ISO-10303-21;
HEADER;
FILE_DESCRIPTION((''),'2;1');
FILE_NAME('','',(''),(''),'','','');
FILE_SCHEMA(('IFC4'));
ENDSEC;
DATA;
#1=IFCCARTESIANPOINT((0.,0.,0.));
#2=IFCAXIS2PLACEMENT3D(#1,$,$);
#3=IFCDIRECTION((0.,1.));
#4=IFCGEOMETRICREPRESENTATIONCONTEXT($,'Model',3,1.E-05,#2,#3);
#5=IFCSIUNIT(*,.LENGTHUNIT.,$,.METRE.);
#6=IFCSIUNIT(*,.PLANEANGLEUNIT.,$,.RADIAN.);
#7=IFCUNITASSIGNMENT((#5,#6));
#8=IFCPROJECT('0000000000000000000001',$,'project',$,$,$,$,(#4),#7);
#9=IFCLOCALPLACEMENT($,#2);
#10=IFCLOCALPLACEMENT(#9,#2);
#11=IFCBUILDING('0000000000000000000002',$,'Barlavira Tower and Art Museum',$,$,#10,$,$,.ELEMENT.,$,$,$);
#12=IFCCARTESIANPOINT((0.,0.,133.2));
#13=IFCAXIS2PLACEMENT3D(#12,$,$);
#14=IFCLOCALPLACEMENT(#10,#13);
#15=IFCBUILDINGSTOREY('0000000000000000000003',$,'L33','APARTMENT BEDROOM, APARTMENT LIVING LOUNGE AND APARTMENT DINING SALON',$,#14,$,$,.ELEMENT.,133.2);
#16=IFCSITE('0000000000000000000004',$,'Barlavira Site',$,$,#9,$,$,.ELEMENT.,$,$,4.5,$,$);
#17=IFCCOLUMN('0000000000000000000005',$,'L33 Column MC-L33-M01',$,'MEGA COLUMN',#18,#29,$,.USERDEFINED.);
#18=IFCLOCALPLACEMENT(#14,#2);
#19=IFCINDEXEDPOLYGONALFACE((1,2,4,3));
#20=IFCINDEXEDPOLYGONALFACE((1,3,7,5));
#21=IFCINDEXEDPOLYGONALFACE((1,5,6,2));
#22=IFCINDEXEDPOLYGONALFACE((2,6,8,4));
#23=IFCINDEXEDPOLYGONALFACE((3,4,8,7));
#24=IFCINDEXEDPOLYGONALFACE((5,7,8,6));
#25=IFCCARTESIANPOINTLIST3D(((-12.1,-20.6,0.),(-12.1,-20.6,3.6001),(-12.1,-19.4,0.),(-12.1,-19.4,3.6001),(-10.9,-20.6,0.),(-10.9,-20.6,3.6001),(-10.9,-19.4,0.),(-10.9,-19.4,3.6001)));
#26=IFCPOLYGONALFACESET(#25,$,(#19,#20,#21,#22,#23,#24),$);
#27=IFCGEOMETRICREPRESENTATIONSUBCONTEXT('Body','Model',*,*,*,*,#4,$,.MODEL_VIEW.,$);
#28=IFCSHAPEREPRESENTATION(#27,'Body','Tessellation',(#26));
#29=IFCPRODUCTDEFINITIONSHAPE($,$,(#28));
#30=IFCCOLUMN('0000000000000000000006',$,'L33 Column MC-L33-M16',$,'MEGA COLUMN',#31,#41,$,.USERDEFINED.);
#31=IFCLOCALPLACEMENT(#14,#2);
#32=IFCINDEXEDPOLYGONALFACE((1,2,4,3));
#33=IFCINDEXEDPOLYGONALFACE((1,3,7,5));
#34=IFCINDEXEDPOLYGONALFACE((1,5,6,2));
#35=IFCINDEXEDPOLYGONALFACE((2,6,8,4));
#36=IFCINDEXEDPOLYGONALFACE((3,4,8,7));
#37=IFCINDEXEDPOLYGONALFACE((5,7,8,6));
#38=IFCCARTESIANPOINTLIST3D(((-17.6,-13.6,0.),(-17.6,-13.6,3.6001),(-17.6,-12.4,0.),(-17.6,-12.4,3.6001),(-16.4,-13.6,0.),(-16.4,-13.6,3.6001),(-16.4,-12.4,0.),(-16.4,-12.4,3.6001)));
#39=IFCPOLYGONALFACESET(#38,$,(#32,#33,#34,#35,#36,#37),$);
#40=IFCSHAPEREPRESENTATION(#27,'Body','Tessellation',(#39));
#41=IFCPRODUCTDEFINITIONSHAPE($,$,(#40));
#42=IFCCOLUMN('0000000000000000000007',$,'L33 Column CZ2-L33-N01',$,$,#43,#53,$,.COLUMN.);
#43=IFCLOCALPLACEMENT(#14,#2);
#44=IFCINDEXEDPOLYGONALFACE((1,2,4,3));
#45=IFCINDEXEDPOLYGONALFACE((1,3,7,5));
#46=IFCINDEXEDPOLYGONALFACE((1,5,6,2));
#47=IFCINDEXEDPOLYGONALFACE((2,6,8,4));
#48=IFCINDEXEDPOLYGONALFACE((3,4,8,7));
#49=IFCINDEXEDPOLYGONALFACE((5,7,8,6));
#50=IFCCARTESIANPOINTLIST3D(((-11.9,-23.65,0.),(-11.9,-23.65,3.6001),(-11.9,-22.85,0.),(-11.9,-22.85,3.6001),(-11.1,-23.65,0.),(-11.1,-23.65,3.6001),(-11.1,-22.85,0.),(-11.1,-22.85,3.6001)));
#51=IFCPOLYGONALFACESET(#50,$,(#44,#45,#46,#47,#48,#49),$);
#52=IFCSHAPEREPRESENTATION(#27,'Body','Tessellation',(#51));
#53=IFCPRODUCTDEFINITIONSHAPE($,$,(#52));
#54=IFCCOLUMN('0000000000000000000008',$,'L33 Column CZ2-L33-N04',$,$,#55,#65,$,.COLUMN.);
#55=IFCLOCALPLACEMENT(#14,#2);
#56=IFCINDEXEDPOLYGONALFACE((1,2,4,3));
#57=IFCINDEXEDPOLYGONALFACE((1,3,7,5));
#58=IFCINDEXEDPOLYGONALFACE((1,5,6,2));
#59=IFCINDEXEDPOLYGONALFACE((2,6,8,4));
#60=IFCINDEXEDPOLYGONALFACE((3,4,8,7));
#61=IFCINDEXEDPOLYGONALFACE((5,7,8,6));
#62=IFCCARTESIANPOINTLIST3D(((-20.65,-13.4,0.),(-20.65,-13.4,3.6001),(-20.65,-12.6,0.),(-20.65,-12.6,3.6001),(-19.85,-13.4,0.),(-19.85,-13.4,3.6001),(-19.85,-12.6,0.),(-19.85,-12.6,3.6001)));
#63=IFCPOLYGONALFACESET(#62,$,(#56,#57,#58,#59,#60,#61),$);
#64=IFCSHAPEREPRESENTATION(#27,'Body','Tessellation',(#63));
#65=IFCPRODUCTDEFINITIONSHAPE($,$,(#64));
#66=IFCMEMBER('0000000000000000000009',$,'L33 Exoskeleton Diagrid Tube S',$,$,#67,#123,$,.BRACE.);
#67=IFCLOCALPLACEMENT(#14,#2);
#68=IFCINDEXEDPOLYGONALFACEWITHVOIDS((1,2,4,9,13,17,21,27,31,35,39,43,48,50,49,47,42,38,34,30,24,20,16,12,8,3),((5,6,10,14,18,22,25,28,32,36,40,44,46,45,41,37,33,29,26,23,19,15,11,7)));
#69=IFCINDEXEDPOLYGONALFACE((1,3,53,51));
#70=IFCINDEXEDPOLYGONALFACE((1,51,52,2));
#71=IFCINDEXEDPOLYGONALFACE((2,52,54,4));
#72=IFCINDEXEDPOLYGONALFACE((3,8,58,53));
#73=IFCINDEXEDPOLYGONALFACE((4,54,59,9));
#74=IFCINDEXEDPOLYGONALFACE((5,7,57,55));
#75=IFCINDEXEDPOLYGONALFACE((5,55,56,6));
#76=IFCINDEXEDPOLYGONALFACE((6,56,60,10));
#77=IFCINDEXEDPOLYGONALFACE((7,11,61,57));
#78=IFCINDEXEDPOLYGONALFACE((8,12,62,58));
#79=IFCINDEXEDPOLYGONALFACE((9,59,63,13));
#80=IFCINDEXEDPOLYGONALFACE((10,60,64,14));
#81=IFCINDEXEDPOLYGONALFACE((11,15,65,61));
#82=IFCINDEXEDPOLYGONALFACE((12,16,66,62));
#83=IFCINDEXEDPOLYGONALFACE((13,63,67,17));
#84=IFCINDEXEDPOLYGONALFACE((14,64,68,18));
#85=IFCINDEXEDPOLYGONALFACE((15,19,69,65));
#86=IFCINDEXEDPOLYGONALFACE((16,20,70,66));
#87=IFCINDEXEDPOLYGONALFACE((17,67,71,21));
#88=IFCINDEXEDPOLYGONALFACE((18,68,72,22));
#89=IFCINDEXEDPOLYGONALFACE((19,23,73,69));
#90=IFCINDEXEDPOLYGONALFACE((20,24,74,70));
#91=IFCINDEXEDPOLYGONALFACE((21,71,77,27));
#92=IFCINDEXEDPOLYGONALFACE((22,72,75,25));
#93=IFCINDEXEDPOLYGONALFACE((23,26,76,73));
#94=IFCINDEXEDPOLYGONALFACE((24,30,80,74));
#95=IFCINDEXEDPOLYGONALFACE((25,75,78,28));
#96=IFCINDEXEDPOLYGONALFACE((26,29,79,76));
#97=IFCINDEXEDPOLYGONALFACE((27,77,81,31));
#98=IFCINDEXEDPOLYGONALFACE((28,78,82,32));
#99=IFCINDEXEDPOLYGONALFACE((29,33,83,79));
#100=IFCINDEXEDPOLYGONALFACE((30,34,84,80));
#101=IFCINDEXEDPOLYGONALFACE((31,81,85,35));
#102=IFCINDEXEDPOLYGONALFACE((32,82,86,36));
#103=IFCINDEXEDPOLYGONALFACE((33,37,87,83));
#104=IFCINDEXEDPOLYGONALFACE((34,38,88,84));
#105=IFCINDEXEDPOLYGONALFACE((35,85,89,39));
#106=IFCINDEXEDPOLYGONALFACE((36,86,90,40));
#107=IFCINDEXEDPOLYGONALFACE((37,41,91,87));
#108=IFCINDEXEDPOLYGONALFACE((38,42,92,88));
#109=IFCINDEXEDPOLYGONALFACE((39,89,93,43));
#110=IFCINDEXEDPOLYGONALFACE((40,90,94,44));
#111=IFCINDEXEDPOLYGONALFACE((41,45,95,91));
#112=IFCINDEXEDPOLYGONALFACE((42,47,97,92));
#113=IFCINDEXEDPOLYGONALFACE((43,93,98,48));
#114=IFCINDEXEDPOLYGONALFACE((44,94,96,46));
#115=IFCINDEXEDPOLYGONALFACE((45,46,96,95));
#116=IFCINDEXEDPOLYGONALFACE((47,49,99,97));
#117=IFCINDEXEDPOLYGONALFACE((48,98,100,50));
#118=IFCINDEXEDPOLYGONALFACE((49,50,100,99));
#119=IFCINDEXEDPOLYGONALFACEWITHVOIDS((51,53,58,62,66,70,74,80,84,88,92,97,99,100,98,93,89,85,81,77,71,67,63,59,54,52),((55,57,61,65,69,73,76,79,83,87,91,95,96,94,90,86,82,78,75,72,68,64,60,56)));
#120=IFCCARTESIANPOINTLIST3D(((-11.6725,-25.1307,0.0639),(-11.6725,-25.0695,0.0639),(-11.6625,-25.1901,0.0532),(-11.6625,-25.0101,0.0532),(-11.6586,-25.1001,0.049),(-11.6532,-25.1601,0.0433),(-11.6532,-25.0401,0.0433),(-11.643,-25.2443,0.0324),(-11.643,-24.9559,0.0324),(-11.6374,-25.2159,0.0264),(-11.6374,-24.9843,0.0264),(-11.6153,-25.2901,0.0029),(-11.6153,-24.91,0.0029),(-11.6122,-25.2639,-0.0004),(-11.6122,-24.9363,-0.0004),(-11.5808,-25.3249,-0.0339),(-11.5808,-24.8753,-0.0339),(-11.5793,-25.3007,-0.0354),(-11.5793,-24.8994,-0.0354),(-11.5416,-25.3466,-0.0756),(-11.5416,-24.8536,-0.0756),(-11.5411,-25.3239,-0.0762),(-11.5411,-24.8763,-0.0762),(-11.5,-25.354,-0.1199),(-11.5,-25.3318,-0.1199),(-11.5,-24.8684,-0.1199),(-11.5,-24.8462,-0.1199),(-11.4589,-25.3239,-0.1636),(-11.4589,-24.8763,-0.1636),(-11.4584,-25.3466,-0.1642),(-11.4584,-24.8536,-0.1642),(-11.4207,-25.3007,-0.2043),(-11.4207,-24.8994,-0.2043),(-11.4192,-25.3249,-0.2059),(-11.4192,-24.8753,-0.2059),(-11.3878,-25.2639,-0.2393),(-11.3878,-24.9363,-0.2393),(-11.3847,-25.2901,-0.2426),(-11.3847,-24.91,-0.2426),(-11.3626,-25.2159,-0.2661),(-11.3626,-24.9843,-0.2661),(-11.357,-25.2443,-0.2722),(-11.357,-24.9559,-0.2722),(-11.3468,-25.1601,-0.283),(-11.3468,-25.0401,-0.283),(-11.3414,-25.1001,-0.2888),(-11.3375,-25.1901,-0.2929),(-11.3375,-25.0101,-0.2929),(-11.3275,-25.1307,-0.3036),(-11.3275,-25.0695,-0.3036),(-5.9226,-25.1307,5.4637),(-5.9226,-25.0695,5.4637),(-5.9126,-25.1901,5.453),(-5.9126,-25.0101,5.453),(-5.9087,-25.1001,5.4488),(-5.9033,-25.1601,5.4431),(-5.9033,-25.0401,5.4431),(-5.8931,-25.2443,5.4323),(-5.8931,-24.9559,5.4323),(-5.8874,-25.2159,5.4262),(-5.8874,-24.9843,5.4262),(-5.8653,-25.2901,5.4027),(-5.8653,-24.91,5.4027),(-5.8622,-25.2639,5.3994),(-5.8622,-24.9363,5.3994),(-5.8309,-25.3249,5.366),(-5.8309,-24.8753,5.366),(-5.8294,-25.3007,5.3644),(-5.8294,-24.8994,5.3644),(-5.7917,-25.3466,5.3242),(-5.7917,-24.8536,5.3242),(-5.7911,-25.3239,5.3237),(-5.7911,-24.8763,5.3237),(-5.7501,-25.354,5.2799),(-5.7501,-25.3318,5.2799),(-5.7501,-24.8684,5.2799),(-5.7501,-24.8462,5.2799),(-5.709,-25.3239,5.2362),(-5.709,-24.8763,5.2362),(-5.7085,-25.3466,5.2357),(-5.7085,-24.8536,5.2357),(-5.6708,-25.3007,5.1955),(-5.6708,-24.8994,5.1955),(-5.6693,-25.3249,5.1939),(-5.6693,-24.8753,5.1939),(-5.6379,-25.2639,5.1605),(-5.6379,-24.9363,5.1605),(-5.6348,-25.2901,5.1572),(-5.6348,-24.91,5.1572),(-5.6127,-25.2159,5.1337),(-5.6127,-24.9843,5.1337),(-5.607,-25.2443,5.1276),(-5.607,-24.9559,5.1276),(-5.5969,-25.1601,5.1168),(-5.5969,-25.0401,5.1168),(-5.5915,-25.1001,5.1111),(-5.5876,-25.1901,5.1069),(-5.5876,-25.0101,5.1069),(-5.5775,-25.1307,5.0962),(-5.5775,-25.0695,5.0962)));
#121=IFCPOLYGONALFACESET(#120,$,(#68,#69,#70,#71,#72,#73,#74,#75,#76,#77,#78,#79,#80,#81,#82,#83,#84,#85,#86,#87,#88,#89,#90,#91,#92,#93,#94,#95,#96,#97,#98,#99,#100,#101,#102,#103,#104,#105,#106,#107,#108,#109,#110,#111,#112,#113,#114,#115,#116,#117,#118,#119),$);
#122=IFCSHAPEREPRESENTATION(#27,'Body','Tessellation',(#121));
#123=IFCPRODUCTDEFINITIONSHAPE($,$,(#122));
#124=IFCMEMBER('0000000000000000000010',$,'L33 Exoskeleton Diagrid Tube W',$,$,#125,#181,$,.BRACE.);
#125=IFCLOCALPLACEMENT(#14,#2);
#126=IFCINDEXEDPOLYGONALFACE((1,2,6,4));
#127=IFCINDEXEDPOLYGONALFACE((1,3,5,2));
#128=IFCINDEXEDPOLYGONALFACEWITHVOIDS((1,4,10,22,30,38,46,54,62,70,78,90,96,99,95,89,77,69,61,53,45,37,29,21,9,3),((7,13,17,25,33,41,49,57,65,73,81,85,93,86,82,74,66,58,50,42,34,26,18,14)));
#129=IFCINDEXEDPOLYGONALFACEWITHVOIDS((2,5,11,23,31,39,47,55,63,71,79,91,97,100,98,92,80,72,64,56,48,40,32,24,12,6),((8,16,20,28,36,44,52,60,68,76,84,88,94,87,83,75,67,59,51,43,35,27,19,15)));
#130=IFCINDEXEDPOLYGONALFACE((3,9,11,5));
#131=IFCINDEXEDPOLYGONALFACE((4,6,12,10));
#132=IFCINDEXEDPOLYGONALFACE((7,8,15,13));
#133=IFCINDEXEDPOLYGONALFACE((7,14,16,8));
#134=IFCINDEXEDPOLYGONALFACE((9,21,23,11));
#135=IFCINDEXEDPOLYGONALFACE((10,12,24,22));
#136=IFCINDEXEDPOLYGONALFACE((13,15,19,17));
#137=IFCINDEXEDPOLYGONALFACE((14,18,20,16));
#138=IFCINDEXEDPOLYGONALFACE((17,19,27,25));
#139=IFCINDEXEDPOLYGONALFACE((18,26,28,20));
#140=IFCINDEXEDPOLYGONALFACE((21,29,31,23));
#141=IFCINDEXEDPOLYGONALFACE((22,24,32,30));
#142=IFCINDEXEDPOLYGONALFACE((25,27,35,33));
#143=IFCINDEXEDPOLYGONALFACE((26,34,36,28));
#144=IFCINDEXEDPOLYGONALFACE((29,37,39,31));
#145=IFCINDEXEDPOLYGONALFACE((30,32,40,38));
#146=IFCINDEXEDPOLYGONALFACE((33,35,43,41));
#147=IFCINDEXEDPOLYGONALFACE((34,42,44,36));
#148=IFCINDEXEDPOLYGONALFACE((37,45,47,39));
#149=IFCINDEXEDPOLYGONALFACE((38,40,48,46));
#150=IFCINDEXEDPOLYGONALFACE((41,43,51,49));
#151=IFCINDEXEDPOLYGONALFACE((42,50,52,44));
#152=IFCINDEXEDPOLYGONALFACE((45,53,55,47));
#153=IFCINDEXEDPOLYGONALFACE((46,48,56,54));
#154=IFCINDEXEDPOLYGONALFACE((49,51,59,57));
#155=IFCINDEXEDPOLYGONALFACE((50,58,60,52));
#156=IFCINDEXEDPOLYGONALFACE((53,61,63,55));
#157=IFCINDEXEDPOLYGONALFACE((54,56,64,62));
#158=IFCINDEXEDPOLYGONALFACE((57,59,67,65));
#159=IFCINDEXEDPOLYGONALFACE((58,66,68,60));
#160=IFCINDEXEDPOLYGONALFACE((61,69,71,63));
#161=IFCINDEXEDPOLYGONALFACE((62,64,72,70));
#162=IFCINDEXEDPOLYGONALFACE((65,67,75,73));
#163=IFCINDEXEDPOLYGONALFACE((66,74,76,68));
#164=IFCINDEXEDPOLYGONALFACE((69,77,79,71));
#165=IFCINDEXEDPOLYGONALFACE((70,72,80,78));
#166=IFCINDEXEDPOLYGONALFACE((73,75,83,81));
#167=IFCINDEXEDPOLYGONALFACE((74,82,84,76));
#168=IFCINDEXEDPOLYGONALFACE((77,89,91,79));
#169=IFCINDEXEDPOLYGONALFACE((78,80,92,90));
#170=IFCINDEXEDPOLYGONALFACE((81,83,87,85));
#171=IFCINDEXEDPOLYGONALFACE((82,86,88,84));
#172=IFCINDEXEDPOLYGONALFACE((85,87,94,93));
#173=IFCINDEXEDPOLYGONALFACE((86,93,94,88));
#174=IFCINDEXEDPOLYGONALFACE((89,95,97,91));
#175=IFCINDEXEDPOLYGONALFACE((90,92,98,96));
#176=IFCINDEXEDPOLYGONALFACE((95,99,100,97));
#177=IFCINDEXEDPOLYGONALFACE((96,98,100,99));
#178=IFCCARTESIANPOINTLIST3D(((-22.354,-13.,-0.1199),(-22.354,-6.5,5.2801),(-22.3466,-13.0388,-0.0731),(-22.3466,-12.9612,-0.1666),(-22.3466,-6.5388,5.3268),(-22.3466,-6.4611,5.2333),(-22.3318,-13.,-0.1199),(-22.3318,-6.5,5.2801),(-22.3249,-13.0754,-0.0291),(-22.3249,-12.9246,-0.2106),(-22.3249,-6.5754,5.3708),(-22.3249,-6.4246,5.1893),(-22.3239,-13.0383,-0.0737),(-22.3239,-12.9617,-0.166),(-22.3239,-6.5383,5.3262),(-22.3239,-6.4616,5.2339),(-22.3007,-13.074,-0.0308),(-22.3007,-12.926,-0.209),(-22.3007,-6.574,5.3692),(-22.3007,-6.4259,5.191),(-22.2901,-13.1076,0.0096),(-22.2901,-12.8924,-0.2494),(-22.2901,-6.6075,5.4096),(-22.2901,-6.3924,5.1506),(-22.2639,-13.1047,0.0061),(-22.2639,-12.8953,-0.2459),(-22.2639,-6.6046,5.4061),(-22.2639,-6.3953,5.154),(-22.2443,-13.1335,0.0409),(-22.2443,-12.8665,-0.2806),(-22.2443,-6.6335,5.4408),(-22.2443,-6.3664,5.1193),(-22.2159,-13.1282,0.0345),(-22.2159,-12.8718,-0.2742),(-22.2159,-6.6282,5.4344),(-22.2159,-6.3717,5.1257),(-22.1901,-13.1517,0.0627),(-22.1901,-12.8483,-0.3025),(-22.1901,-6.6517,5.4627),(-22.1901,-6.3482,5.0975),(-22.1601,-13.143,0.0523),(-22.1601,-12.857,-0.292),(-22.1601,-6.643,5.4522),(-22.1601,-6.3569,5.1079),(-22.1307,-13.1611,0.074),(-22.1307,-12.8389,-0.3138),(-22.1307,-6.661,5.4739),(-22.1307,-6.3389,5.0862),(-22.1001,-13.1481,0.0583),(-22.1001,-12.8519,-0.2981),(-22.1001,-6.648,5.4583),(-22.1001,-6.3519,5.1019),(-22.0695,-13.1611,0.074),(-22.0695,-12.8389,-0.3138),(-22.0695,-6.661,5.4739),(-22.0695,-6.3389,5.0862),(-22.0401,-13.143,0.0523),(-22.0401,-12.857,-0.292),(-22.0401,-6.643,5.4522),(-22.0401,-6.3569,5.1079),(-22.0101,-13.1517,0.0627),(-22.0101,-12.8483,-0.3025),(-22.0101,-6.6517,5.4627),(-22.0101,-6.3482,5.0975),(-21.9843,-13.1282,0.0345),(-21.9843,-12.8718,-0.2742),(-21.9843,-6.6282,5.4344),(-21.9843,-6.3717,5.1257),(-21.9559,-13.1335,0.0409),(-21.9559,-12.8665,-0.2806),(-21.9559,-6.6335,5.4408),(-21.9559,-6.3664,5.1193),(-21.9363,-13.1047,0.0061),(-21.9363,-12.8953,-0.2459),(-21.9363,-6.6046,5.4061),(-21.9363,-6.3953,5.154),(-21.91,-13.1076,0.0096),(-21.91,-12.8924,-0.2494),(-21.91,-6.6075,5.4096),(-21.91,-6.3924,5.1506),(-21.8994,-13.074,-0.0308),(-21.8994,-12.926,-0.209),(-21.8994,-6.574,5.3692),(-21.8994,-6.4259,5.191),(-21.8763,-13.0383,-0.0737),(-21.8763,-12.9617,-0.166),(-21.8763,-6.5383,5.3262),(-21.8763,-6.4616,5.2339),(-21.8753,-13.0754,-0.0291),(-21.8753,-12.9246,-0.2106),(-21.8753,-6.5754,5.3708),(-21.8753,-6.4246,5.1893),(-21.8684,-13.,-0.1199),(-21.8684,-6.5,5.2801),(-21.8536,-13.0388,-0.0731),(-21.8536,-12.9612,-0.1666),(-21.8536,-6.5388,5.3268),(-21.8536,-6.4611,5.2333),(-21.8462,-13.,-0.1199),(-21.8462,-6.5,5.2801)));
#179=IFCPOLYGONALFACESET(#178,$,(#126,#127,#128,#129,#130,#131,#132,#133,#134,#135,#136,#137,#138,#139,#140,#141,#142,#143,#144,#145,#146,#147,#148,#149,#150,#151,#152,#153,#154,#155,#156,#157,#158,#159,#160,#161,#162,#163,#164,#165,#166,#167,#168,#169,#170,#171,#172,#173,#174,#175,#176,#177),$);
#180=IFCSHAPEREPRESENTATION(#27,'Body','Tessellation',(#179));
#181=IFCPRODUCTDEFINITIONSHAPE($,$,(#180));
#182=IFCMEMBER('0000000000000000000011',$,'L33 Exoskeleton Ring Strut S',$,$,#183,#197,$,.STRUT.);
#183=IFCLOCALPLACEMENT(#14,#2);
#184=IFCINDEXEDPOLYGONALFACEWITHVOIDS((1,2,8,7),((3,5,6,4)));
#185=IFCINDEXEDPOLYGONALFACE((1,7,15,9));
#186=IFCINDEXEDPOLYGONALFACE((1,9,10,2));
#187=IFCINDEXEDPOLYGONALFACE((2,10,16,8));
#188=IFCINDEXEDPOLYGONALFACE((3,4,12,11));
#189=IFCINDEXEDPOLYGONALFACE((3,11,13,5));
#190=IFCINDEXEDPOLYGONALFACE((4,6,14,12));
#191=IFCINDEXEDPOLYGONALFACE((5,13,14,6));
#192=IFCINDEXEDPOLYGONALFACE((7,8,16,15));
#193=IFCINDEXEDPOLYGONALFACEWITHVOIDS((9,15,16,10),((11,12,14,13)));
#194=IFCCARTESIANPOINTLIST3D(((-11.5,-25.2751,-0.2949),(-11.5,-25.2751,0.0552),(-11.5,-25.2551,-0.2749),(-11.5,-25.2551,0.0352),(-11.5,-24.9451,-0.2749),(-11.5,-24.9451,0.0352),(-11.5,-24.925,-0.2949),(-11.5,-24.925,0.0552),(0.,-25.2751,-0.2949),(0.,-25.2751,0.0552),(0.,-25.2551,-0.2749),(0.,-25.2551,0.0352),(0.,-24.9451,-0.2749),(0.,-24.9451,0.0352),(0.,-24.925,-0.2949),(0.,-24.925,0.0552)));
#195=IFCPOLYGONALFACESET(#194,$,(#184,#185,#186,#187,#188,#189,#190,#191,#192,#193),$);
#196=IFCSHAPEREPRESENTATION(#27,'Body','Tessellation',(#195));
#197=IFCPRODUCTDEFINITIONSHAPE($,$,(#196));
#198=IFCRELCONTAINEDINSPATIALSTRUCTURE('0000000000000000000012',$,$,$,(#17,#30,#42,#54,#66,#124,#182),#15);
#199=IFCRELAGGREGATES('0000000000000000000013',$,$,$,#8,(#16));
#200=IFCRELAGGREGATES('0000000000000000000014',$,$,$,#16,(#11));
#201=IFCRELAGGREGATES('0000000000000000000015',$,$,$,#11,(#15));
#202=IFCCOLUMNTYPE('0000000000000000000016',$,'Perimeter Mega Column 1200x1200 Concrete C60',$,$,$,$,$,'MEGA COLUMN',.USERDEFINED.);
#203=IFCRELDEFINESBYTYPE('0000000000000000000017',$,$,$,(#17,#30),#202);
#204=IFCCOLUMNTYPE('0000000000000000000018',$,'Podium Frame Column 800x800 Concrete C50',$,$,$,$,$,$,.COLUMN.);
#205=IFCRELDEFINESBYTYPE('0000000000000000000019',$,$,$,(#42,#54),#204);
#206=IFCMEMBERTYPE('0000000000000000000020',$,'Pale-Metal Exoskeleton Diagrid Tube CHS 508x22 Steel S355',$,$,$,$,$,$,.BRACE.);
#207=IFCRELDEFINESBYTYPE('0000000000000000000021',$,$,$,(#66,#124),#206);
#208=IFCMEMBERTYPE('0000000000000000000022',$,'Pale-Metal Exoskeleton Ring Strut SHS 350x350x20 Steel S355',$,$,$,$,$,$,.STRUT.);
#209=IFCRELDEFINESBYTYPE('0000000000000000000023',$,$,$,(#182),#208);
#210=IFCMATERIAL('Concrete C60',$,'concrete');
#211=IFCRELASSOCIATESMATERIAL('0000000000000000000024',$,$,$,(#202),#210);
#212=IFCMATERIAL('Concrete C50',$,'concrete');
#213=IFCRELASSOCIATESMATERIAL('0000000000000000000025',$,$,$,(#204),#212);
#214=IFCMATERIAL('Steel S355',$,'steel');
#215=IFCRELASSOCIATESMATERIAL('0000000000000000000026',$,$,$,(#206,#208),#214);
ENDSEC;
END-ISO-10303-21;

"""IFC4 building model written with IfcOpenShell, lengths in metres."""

from ifc_helpers import new_model, si_unit, direction, frame, origin, origin_2d, place, context, subcontext, project, spatial, rectangle, hollow_rectangle, hollow_circle, extrude, material, material_profile, profile_set, type_object, element, save


model = new_model("IFC4")

# Units and contexts
model_context = context("Model", 3, precision=1e-05, world=origin(), true_north=direction((0.0, 1.0)))
body_context = subcontext(model_context, "Body", "Model", "MODEL_VIEW")
ifc_project = project(units=[si_unit("LENGTHUNIT", "METRE"), si_unit("PLANEANGLEUNIT", "RADIAN")], contexts=[model_context])

# Site, building, storey
site_placement = place(None, origin())
site = spatial("IfcSite", under=ifc_project, at=site_placement, Name="Barlavira Site", CompositionType="ELEMENT", RefElevation=4.5)
building_placement = place(site_placement, origin())
building = spatial("IfcBuilding", under=site, at=building_placement, Name="Barlavira Tower and Art Museum", CompositionType="ELEMENT")
storey_placement = place(building_placement, frame((0.0, 0.0, 133.2)))
storey = spatial("IfcBuildingStorey", under=building, at=storey_placement, Name="L33", Description="APARTMENT BEDROOM, APARTMENT LIVING LOUNGE AND APARTMENT DINING SALON", CompositionType="ELEMENT", Elevation=133.2)

# Columns
ifc_material_1 = material(Name="Concrete C60", Category="concrete")
ifc_material_profile_1 = material_profile(ifc_material_1, rectangle(XDim=1.2, YDim=1.2, at=origin_2d()), Name="RC-COL 1200x1200")
ifc_profile_set_1 = profile_set([ifc_material_profile_1], Name="Concrete C60")
column_type_1 = type_object("IfcColumnType", Name="Perimeter Mega Column 1200x1200 Concrete C60", ElementType="MEGA COLUMN", PredefinedType="USERDEFINED", material=ifc_profile_set_1)
for number, where, z_axis, x_axis, name in (
    (1, (-11.5, -20.0, 0.0), (0.0, 0.0, 1.0), (1.0, 0.0, 0.0), "L33 Column MC-L33-M01"),
    (2, (-17.0, -13.0, 0.0), (0.0, 0.0, 1.0), (1.0, 0.0, 0.0), "L33 Column MC-L33-M16"),
):
    element("IfcColumn", number, at=place(storey_placement, frame(where, z_axis=z_axis, x_axis=x_axis)), inside=storey, type_object=column_type_1, Name=name, ObjectType="MEGA COLUMN", PredefinedType="USERDEFINED", context=body_context, shape_type="SweptSolid", body=[
        extrude(rectangle(XDim=1.2, YDim=1.2, at=origin_2d()), origin(), (0.0, 0.0, 1.0), 3.6001),
    ])
ifc_material_2 = material(Name="Concrete C50", Category="concrete")
ifc_material_profile_2 = material_profile(ifc_material_2, rectangle(XDim=0.8, YDim=0.8, at=origin_2d()), Name="RC-COL 800x800")
ifc_profile_set_2 = profile_set([ifc_material_profile_2], Name="Concrete C50")
column_type_2 = type_object("IfcColumnType", Name="Podium Frame Column 800x800 Concrete C50", PredefinedType="COLUMN", material=ifc_profile_set_2)
for number, where, z_axis, x_axis, name in (
    (3, (-11.5, -23.25, 0.0), (0.0, 0.0, 1.0), (1.0, 0.0, 0.0), "L33 Column CZ2-L33-N01"),
    (4, (-20.25, -13.0, 0.0), (0.0, 0.0, 1.0), (1.0, 0.0, 0.0), "L33 Column CZ2-L33-N04"),
):
    element("IfcColumn", number, at=place(storey_placement, frame(where, z_axis=z_axis, x_axis=x_axis)), inside=storey, type_object=column_type_2, Name=name, PredefinedType="COLUMN", context=body_context, shape_type="SweptSolid", body=[
        extrude(rectangle(XDim=0.8, YDim=0.8, at=origin_2d()), origin(), (0.0, 0.0, 1.0), 3.6001),
    ])

# Members
ifc_material_3 = material(Name="Steel S355", Category="steel")
ifc_material_profile_3 = material_profile(ifc_material_3, hollow_circle(Radius=0.2539, WallThickness=0.0222, at=origin_2d()), Name="CHS 508.0x22.2")
ifc_profile_set_3 = profile_set([ifc_material_profile_3], Name="Steel S355")
member_type_1 = type_object("IfcMemberType", Name="Pale-Metal Exoskeleton Diagrid Tube CHS 508x22 Steel S355", PredefinedType="BRACE", material=ifc_profile_set_3)
member_1_placement = place(storey_placement, frame((-11.5, -25.1001, -0.1199), z_axis=(0.72895, 0.0, 0.684567), x_axis=(0.0, 1.0, 0.0)))
element("IfcMember", 5, at=member_1_placement, inside=storey, type_object=member_type_1, Name="L33 Exoskeleton Diagrid Tube S", PredefinedType="BRACE", context=body_context, shape_type="SweptSolid", body=[
    extrude(hollow_circle(Radius=0.2539, WallThickness=0.0222, at=origin_2d()), origin(), (0.0, 0.0, 1.0), 7.8879),
])
member_2_placement = place(storey_placement, frame((-22.1001, -13.0, -0.1199), z_axis=(0.0, 0.769196, 0.639013), x_axis=(-1.0, 0.0, 0.0)))
element("IfcMember", 6, at=member_2_placement, inside=storey, type_object=member_type_1, Name="L33 Exoskeleton Diagrid Tube W", PredefinedType="BRACE", context=body_context, shape_type="SweptSolid", body=[
    extrude(hollow_circle(Radius=0.2539, WallThickness=0.0222, at=origin_2d()), origin(), (0.0, 0.0, 1.0), 8.4504),
])
ifc_material_profile_4 = material_profile(ifc_material_3, hollow_rectangle(XDim=0.3501, YDim=0.3501, WallThickness=0.02, at=origin_2d()), Name="SHS 350x350x20.0")
ifc_profile_set_4 = profile_set([ifc_material_profile_4], Name="Steel S355")
member_type_2 = type_object("IfcMemberType", Name="Pale-Metal Exoskeleton Ring Strut SHS 350x350x20 Steel S355", PredefinedType="STRUT", material=ifc_profile_set_4)
member_3_placement = place(storey_placement, frame((-11.5, -25.1001, -0.1199), z_axis=(1.0, 0.0, 0.0), x_axis=(0.0, 1.0, 0.0)))
element("IfcMember", 7, at=member_3_placement, inside=storey, type_object=member_type_2, Name="L33 Exoskeleton Ring Strut S", PredefinedType="STRUT", context=body_context, shape_type="SweptSolid", body=[
    extrude(hollow_rectangle(XDim=0.3501, YDim=0.3501, WallThickness=0.02, at=origin_2d()), origin(), (0.0, 0.0, 1.0), 11.5),
])

save(model, "model.ifc")
